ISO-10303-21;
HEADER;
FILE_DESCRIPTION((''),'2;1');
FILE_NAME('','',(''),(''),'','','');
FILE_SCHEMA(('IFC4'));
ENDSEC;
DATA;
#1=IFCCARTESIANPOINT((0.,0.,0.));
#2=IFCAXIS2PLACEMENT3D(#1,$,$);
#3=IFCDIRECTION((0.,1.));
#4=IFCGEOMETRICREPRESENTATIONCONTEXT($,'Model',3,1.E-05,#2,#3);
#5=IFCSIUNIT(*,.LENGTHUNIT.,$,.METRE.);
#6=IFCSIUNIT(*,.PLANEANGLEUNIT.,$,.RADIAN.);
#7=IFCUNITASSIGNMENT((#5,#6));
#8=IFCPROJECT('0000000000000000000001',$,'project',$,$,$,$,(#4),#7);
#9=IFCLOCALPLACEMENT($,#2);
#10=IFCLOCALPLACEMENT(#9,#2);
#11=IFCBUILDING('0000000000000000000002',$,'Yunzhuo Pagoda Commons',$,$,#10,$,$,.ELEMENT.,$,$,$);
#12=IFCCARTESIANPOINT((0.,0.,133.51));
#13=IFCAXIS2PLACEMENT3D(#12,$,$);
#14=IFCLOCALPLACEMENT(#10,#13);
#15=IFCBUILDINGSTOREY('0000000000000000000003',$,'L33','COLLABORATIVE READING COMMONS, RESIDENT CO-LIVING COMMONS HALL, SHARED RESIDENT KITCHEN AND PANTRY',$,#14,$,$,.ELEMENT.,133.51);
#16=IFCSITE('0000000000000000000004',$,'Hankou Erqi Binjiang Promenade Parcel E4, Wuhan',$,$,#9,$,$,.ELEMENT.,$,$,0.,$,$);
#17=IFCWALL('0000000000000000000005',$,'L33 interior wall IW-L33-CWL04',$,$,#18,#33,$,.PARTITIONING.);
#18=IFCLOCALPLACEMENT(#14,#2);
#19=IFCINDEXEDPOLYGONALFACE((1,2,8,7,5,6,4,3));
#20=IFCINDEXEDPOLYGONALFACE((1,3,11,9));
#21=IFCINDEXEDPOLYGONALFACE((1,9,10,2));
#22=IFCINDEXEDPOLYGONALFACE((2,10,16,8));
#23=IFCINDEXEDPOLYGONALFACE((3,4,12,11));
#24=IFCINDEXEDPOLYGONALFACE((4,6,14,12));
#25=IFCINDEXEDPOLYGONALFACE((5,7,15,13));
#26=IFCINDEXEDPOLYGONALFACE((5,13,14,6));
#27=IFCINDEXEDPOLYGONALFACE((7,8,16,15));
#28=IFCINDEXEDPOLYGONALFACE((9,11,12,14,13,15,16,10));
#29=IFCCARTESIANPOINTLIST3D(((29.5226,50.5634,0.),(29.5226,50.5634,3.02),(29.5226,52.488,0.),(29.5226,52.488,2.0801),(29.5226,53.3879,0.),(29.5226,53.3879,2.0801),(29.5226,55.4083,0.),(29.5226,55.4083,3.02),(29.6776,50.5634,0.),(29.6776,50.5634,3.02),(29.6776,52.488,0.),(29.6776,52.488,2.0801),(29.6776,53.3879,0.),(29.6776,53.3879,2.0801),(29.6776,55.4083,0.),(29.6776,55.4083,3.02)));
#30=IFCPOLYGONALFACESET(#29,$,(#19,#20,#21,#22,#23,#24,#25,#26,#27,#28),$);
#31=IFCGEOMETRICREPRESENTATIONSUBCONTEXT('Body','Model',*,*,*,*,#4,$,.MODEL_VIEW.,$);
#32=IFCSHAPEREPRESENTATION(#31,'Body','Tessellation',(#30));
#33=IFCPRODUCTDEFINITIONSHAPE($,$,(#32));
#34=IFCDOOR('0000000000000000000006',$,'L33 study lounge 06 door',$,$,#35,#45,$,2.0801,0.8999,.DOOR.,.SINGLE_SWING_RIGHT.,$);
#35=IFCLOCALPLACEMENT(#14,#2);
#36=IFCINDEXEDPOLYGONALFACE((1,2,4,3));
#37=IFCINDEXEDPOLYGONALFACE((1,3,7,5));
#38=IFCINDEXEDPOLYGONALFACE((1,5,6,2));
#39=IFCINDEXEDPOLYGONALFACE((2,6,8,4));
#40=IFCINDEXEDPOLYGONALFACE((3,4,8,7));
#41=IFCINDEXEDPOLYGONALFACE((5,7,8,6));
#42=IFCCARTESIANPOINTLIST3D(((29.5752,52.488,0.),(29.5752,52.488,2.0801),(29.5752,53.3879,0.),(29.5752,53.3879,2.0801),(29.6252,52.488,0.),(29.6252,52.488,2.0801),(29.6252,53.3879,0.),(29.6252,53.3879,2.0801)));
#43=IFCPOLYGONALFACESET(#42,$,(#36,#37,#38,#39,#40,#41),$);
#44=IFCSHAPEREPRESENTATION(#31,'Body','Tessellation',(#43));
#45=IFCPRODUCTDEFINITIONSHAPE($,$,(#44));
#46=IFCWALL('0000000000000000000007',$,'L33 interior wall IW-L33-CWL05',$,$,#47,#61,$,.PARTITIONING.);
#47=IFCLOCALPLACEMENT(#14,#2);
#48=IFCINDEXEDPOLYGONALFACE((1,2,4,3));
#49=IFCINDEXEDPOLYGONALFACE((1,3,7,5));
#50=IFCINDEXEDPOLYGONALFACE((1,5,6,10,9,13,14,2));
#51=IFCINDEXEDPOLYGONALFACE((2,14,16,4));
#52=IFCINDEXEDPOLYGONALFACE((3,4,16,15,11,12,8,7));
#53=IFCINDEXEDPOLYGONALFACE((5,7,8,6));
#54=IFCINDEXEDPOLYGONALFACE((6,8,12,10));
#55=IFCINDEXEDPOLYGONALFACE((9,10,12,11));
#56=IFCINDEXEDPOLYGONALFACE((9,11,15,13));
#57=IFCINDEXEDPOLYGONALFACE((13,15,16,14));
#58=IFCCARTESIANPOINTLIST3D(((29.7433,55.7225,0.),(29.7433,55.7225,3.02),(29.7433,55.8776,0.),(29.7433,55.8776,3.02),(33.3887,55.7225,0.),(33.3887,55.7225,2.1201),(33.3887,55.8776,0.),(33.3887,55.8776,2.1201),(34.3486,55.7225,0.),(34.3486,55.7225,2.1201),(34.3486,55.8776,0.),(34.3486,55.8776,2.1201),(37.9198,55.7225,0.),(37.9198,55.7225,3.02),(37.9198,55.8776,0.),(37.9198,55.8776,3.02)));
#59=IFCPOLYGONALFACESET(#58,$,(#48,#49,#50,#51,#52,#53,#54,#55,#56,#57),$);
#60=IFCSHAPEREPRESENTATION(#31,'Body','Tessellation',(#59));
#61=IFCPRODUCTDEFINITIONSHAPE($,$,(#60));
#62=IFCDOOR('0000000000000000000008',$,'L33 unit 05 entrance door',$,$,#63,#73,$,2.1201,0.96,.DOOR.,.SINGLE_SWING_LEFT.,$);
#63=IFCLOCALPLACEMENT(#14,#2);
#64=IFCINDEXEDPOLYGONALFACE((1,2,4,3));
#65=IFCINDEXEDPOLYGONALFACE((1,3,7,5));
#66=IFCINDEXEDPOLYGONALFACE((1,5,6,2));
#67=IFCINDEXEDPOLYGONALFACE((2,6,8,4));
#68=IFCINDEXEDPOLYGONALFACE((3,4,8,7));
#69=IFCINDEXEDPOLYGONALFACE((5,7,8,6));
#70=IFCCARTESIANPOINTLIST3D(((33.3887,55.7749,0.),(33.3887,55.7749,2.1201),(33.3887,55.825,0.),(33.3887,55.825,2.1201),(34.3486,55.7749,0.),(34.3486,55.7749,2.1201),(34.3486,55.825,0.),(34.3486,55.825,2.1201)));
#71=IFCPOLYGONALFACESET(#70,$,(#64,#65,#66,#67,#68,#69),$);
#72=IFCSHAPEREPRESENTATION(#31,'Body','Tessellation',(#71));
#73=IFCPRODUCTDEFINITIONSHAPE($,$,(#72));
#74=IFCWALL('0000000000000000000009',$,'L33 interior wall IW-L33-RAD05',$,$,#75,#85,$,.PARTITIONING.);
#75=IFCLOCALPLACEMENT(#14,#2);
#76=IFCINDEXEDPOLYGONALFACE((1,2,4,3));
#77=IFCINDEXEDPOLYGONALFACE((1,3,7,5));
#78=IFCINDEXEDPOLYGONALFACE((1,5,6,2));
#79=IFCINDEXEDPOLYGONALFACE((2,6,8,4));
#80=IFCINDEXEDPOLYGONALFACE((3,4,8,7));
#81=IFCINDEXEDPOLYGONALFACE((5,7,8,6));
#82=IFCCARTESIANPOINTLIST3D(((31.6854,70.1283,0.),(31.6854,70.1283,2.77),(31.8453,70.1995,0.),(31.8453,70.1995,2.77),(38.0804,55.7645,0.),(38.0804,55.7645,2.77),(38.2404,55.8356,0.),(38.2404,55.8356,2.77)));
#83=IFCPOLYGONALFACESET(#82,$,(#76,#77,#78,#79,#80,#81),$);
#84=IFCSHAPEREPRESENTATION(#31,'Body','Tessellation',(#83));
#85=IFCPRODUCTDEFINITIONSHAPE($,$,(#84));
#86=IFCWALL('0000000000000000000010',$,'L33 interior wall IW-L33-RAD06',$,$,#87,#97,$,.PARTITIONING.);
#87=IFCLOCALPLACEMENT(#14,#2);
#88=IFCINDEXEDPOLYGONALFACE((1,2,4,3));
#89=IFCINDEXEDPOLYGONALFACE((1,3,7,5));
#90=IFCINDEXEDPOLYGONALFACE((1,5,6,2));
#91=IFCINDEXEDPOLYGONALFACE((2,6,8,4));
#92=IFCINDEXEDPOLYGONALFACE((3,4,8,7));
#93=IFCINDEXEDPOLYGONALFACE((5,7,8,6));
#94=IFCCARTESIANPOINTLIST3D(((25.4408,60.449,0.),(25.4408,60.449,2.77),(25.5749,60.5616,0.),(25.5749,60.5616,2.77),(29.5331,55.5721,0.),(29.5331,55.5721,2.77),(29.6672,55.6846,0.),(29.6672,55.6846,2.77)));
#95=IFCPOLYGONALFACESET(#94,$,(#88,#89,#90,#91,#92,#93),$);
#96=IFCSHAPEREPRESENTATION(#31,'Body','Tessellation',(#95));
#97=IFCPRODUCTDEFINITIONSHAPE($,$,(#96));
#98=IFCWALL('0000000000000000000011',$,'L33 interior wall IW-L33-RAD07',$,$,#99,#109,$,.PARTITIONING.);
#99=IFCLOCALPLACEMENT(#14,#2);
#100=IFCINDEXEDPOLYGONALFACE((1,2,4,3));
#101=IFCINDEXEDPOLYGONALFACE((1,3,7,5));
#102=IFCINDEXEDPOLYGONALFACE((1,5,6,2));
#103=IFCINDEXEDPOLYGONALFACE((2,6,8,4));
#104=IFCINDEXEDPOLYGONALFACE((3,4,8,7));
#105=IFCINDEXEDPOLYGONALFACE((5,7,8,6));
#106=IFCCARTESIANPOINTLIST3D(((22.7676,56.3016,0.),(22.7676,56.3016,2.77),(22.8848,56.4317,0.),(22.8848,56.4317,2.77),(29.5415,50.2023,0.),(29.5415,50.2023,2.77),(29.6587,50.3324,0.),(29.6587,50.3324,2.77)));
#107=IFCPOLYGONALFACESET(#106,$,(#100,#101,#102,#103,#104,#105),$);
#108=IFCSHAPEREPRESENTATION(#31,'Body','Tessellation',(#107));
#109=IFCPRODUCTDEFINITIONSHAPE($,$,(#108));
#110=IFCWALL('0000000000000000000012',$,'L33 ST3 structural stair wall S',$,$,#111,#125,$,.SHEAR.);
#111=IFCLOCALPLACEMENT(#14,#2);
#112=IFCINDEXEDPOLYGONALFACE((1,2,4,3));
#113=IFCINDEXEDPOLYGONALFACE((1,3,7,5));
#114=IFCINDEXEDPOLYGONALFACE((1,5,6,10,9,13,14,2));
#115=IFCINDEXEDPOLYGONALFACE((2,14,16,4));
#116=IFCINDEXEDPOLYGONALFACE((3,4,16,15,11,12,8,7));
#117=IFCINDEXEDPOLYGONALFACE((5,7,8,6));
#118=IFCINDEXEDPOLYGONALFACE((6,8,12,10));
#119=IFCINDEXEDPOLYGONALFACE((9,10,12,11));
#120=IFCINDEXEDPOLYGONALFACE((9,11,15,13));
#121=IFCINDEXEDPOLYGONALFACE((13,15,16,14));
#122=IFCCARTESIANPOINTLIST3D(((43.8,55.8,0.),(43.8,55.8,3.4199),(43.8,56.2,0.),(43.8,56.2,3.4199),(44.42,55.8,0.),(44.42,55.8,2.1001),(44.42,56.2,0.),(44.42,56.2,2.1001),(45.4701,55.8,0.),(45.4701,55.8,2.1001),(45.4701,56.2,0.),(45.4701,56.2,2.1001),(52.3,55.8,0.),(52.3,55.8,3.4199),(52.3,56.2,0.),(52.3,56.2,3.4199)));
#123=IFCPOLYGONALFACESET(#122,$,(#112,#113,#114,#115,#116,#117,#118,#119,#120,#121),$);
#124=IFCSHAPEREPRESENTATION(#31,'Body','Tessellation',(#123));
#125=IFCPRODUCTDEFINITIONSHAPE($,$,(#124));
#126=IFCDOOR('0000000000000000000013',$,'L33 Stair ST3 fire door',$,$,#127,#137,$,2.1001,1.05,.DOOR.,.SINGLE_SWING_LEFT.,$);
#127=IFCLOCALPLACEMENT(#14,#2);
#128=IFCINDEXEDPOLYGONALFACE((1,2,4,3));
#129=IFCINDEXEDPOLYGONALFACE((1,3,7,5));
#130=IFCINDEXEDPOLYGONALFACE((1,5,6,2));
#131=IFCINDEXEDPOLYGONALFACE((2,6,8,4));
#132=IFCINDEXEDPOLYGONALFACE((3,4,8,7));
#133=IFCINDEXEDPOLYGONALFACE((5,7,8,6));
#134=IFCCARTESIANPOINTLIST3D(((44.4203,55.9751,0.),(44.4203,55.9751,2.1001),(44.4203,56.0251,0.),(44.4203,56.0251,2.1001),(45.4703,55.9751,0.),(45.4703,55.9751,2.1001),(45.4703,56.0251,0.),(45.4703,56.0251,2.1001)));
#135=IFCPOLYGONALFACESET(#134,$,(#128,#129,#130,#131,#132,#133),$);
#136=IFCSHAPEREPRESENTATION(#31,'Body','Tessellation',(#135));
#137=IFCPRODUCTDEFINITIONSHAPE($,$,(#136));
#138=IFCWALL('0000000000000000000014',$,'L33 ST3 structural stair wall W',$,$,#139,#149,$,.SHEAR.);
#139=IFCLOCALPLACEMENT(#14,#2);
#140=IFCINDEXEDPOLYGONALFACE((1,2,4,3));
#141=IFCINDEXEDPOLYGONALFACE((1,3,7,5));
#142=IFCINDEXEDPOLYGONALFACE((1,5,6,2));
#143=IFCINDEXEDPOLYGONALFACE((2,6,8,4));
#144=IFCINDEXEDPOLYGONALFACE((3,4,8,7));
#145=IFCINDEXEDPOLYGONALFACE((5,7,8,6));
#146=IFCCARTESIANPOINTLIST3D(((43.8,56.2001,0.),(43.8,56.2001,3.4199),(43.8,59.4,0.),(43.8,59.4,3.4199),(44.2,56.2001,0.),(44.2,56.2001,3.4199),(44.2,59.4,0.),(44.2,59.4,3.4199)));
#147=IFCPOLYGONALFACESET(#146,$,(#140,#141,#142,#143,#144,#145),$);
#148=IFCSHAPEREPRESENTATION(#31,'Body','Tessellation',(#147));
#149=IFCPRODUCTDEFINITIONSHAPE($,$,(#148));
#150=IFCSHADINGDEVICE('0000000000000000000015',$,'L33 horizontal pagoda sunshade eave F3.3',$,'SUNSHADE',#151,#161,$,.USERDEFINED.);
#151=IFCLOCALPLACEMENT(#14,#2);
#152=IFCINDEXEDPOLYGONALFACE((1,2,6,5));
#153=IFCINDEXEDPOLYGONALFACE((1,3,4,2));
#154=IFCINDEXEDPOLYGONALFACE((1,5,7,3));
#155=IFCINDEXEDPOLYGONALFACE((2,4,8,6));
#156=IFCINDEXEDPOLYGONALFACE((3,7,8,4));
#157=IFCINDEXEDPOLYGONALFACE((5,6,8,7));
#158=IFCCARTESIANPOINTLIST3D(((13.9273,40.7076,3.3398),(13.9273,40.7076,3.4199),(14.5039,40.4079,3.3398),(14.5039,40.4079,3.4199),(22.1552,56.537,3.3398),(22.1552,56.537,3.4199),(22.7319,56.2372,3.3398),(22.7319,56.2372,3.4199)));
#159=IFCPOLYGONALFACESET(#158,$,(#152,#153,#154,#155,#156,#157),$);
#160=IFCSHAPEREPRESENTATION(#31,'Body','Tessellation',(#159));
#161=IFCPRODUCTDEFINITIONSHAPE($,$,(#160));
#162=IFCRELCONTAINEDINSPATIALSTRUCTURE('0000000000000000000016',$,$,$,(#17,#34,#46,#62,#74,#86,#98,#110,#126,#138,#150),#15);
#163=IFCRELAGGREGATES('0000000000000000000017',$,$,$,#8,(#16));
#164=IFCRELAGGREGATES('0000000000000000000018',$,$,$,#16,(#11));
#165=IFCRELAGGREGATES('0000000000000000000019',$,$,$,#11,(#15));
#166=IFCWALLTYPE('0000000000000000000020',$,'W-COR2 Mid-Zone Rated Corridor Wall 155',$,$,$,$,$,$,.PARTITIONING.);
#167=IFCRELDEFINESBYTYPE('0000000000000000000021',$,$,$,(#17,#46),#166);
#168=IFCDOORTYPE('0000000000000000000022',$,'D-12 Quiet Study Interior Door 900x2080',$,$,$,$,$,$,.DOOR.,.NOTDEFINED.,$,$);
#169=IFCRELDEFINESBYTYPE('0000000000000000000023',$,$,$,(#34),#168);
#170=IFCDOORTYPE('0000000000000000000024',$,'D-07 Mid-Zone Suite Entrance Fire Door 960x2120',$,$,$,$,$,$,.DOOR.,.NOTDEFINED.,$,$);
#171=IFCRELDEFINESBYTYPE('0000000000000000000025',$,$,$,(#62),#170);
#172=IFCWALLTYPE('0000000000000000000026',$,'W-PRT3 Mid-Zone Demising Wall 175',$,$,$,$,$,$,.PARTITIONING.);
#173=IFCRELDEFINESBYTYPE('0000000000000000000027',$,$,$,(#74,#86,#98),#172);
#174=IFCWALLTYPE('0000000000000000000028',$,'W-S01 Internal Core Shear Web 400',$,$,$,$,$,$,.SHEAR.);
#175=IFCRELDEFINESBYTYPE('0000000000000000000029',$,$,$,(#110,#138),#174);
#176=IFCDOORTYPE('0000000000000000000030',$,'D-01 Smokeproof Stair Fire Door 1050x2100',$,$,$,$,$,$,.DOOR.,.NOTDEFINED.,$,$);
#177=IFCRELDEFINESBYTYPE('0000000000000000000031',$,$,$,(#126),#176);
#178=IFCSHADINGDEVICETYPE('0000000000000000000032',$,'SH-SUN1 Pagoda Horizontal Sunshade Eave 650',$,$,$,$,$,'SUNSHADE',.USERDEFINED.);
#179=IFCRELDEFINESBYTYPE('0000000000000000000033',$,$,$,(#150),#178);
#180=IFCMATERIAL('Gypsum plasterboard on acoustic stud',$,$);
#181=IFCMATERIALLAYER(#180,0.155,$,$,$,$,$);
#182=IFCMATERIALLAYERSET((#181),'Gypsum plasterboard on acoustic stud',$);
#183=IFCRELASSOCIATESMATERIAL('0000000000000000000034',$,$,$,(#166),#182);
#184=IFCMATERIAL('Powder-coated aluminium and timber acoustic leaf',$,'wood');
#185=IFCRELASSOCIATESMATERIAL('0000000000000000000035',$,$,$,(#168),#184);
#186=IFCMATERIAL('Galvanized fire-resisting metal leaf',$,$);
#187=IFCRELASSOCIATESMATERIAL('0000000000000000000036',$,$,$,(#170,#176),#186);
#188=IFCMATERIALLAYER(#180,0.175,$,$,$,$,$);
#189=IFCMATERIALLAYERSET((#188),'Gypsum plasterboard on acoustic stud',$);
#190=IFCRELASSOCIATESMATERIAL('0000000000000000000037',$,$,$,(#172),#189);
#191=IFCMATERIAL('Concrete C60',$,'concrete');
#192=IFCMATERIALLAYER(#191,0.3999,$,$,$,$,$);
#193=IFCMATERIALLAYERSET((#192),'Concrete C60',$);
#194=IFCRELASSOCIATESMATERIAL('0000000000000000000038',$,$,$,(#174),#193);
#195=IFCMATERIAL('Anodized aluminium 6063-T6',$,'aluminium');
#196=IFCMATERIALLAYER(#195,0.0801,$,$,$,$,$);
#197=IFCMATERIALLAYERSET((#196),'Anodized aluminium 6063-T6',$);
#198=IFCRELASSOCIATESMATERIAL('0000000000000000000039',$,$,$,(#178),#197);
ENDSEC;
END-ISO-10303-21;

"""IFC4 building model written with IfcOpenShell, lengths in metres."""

from ifc_helpers import new_model, si_unit, direction, frame, frame_2d, origin, origin_with_axes, origin_2d, place, context, subcontext, project, spatial, rectangle, extrude, source, transform, mapped, material, layer, layer_set, type_object, element, fill, save


model = new_model("IFC4")

# Units and contexts
model_context = context("Model", 3, precision=1e-05, world=origin(), true_north=direction((0.0, 1.0)))
body_context = subcontext(model_context, "Body", "Model", "MODEL_VIEW")
ifc_project = project(units=[si_unit("LENGTHUNIT", "METRE"), si_unit("PLANEANGLEUNIT", "RADIAN")], contexts=[model_context])

# Site, building, storey
site_placement = place(None, origin())
site = spatial("IfcSite", under=ifc_project, at=site_placement, Name="Hankou Erqi Binjiang Promenade Parcel E4, Wuhan", CompositionType="ELEMENT", RefElevation=0.0)
building_placement = place(site_placement, origin())
building = spatial("IfcBuilding", under=site, at=building_placement, Name="Yunzhuo Pagoda Commons", CompositionType="ELEMENT")
storey_placement = place(building_placement, frame((0.0, 0.0, 133.51)))
storey = spatial("IfcBuildingStorey", under=building, at=storey_placement, Name="L33", Description="COLLABORATIVE READING COMMONS, RESIDENT CO-LIVING COMMONS HALL, SHARED RESIDENT KITCHEN AND PANTRY", CompositionType="ELEMENT", Elevation=133.51)

# Shared definitions
ifc_material_1 = material(Name="Anodized aluminium 6063-T6", Category="aluminium")

# Shared definitions
ifc_material_2 = material(Name="Gypsum plasterboard on acoustic stud")
ifc_layer_1 = layer(ifc_material_2, 0.155)
ifc_layer_set_1 = layer_set([ifc_layer_1], Name="Gypsum plasterboard on acoustic stud")
wall_type_1 = type_object("IfcWallType", Name="W-COR2 Mid-Zone Rated Corridor Wall 155", PredefinedType="PARTITIONING", material=ifc_layer_set_1)
ifc_material_3 = material(Name="Powder-coated aluminium and timber acoustic leaf", Category="wood")

# Walls, openings, doors
wall_1_placement = place(storey_placement, frame((29.6001, 50.5635, 0.0), z_axis=(0.0, 0.0, 1.0), x_axis=(0.0, 1.0, 0.0)))
wall_1 = element("IfcWall", 1, at=wall_1_placement, inside=storey, type_object=wall_type_1, Name="L33 interior wall IW-L33-CWL04", PredefinedType="PARTITIONING", context=body_context, shape_type="SweptSolid", body=[
    extrude(rectangle(XDim=4.845, YDim=0.155, at=frame_2d((2.4224, 0.0))), origin(), (0.0, 0.0, 1.0), 3.02),
])
opening_1_placement = place(wall_1_placement, frame((1.9246, 0.0, 0.0)))
opening_1 = element("IfcOpeningElement", 2, at=opening_1_placement, cuts=wall_1, PredefinedType="OPENING", context=body_context, shape_type="SweptSolid", body=[
    extrude(rectangle(XDim=0.8999, YDim=2.0801, at=frame_2d((0.45, 1.04))), frame((0.0, 0.0874, 0.0), z_axis=(0.0, -1.0, 0.0), x_axis=(1.0, 0.0, 0.0)), (0.0, 0.0, 1.0), 0.175),
])
door_type_1 = type_object("IfcDoorType", Name="D-12 Quiet Study Interior Door 900x2080", OperationType="NOTDEFINED", PredefinedType="DOOR", material=ifc_material_3)
shared_shape_1 = source(origin(), body_context, "Body", "SweptSolid", [
    extrude(rectangle(XDim=0.8999, YDim=2.0801, at=frame_2d((0.45, 1.04))), frame((0.0, 0.0249, 0.0), z_axis=(0.0, -1.0, 0.0), x_axis=(1.0, 0.0, 0.0)), (0.0, 0.0, 1.0), 0.05),
])
door_1_placement = place(opening_1_placement, origin_with_axes())
door_1 = element("IfcDoor", 3, at=door_1_placement, inside=storey, type_object=door_type_1, Name="L33 study lounge 06 door", OperationType="SINGLE_SWING_RIGHT", OverallHeight=2.0801, OverallWidth=0.8999, PredefinedType="DOOR", context=body_context, shape_type="MappedRepresentation", body=[
    mapped(shared_shape_1, transform((0.0, 0.0, 0.0), scale=1.0)),
])
fill(opening_1, door_1)
wall_2_placement = place(storey_placement, frame((29.7432, 55.8, 0.0), z_axis=(0.0, 0.0, 1.0), x_axis=(1.0, 0.0, 0.0)))
wall_2 = element("IfcWall", 4, at=wall_2_placement, inside=storey, type_object=wall_type_1, Name="L33 interior wall IW-L33-CWL05", PredefinedType="PARTITIONING", context=body_context, shape_type="SweptSolid", body=[
    extrude(rectangle(XDim=8.1765, YDim=0.155, at=frame_2d((4.0884, 0.0))), origin(), (0.0, 0.0, 1.0), 3.02),
])
opening_2_placement = place(wall_2_placement, frame((3.6455, 0.0, 0.0)))
opening_2 = element("IfcOpeningElement", 5, at=opening_2_placement, cuts=wall_2, PredefinedType="OPENING", context=body_context, shape_type="SweptSolid", body=[
    extrude(rectangle(XDim=0.96, YDim=2.1201, at=frame_2d((0.48, 1.0601))), frame((0.0, 0.0874, 0.0), z_axis=(0.0, -1.0, 0.0), x_axis=(1.0, 0.0, 0.0)), (0.0, 0.0, 1.0), 0.175),
])
ifc_material_4 = material(Name="Galvanized fire-resisting metal leaf")
door_type_2 = type_object("IfcDoorType", Name="D-07 Mid-Zone Suite Entrance Fire Door 960x2120", OperationType="NOTDEFINED", PredefinedType="DOOR", material=ifc_material_4)
shared_shape_2 = source(origin(), body_context, "Body", "SweptSolid", [
    extrude(rectangle(XDim=0.96, YDim=2.1201, at=frame_2d((0.48, 1.0601))), frame((0.0, 0.0249, 0.0), z_axis=(0.0, -1.0, 0.0), x_axis=(1.0, 0.0, 0.0)), (0.0, 0.0, 1.0), 0.05),
])
door_2_placement = place(opening_2_placement, origin_with_axes())
door_2 = element("IfcDoor", 6, at=door_2_placement, inside=storey, type_object=door_type_2, Name="L33 unit 05 entrance door", OperationType="SINGLE_SWING_LEFT", OverallHeight=2.1201, OverallWidth=0.96, PredefinedType="DOOR", context=body_context, shape_type="MappedRepresentation", body=[
    mapped(shared_shape_2, transform((0.0, 0.0, 0.0), scale=1.0)),
])
fill(opening_2, door_2)

# Walls
ifc_layer_2 = layer(ifc_material_2, 0.175)
ifc_layer_set_2 = layer_set([ifc_layer_2], Name="Gypsum plasterboard on acoustic stud")
wall_type_2 = type_object("IfcWallType", Name="W-PRT3 Mid-Zone Demising Wall 175", PredefinedType="PARTITIONING", material=ifc_layer_set_2)
wall_3_placement = place(storey_placement, frame((38.1604, 55.8, 0.0), z_axis=(0.0, 0.0, 1.0), x_axis=(-0.406729, 0.913549, 0.0)))
element("IfcWall", 7, at=wall_3_placement, inside=storey, type_object=wall_type_2, Name="L33 interior wall IW-L33-RAD05", PredefinedType="PARTITIONING", context=body_context, shape_type="SweptSolid", body=[
    extrude(rectangle(XDim=15.7231, YDim=0.175, at=frame_2d((7.8616, 0.0))), origin(), (0.0, 0.0, 1.0), 2.77),
])
wall_4_placement = place(storey_placement, frame((29.6001, 55.6284, 0.0), z_axis=(0.0, 0.0, 1.0), x_axis=(-0.642791, 0.766042, 0.0)))
element("IfcWall", 8, at=wall_4_placement, inside=storey, type_object=wall_type_2, Name="L33 interior wall IW-L33-RAD06", PredefinedType="PARTITIONING", context=body_context, shape_type="SweptSolid", body=[
    extrude(rectangle(XDim=6.3665, YDim=0.175, at=frame_2d((3.1831, 0.0))), origin(), (0.0, 0.0, 1.0), 2.77),
])
wall_5_placement = place(storey_placement, frame((29.6001, 50.2673, 0.0), z_axis=(0.0, 0.0, 1.0), x_axis=(-0.74314, 0.669136, 0.0)))
element("IfcWall", 9, at=wall_5_placement, inside=storey, type_object=wall_type_2, Name="L33 interior wall IW-L33-RAD07", PredefinedType="PARTITIONING", context=body_context, shape_type="SweptSolid", body=[
    extrude(rectangle(XDim=9.1152, YDim=0.175, at=frame_2d((4.5576, 0.0))), origin(), (0.0, 0.0, 1.0), 2.77),
])

# Wall, opening, door
ifc_material_5 = material(Name="Concrete C60", Category="concrete")
ifc_layer_3 = layer(ifc_material_5, 0.3999)
ifc_layer_set_3 = layer_set([ifc_layer_3], Name="Concrete C60")
wall_type_3 = type_object("IfcWallType", Name="W-S01 Internal Core Shear Web 400", PredefinedType="SHEAR", material=ifc_layer_set_3)
wall_6_placement = place(storey_placement, frame((43.8, 56.0, 0.0), z_axis=(0.0, 0.0, 1.0), x_axis=(1.0, 0.0, 0.0)))
wall_6 = element("IfcWall", 10, at=wall_6_placement, inside=storey, type_object=wall_type_3, Name="L33 ST3 structural stair wall S", PredefinedType="SHEAR", context=body_context, shape_type="SweptSolid", body=[
    extrude(rectangle(XDim=8.5, YDim=0.3999, at=frame_2d((4.25, 0.0))), origin(), (0.0, 0.0, 1.0), 3.4199),
])
opening_3_placement = place(wall_6_placement, frame((0.6201, 0.0, 0.0)))
opening_3 = element("IfcOpeningElement", 11, at=opening_3_placement, cuts=wall_6, PredefinedType="OPENING", context=body_context, shape_type="SweptSolid", body=[
    extrude(rectangle(XDim=1.05, YDim=2.1001, at=frame_2d((0.5249, 1.05))), frame((0.0, 0.21, 0.0), z_axis=(0.0, -1.0, 0.0), x_axis=(1.0, 0.0, 0.0)), (0.0, 0.0, 1.0), 0.4199),
])
door_type_3 = type_object("IfcDoorType", Name="D-01 Smokeproof Stair Fire Door 1050x2100", OperationType="NOTDEFINED", PredefinedType="DOOR", material=ifc_material_4)
shared_shape_3 = source(origin(), body_context, "Body", "SweptSolid", [
    extrude(rectangle(XDim=1.05, YDim=2.1001, at=frame_2d((0.5249, 1.05))), frame((0.0, 0.0249, 0.0), z_axis=(0.0, -1.0, 0.0), x_axis=(1.0, 0.0, 0.0)), (0.0, 0.0, 1.0), 0.05),
])
door_3_placement = place(opening_3_placement, frame((1.05, 0.0, 0.0), z_axis=(0.0, 0.0, 1.0), x_axis=(-1.0, 0.0, 0.0)))
door_3 = element("IfcDoor", 12, at=door_3_placement, inside=storey, type_object=door_type_3, Name="L33 Stair ST3 fire door", OperationType="SINGLE_SWING_LEFT", OverallHeight=2.1001, OverallWidth=1.05, PredefinedType="DOOR", context=body_context, shape_type="MappedRepresentation", body=[
    mapped(shared_shape_3, transform((0.0, 0.0, 0.0), scale=1.0)),
])
fill(opening_3, door_3)

# Wall
wall_7_placement = place(storey_placement, frame((44.0, 56.2, 0.0), z_axis=(0.0, 0.0, 1.0), x_axis=(0.0, 1.0, 0.0)))
element("IfcWall", 13, at=wall_7_placement, inside=storey, type_object=wall_type_3, Name="L33 ST3 structural stair wall W", PredefinedType="SHEAR", context=body_context, shape_type="SweptSolid", body=[
    extrude(rectangle(XDim=3.2, YDim=0.3999, at=frame_2d((1.6001, 0.0))), origin(), (0.0, 0.0, 1.0), 3.4199),
])

# Shading device
ifc_layer_4 = layer(ifc_material_1, 0.0801)
ifc_layer_set_4 = layer_set([ifc_layer_4], Name="Anodized aluminium 6063-T6")
shading_device_type = type_object("IfcShadingDeviceType", Name="SH-SUN1 Pagoda Horizontal Sunshade Eave 650", ElementType="SUNSHADE", PredefinedType="USERDEFINED", material=ifc_layer_set_4)
shared_shape_4 = source(origin(), body_context, "Body", "SweptSolid", [
    extrude(rectangle(XDim=17.8401, YDim=0.6499, at=origin_2d()), origin(), (0.0, 0.0, 1.0), 0.0801),
])
shading_device_placement = place(storey_placement, frame((18.3296, 48.4724, 3.3398), z_axis=(0.0, 0.0, 1.0), x_axis=(-0.461207, -0.887293, 0.0)))
element("IfcShadingDevice", 14, at=shading_device_placement, inside=storey, type_object=shading_device_type, Name="L33 horizontal pagoda sunshade eave F3.3", ObjectType="SUNSHADE", PredefinedType="USERDEFINED", context=body_context, shape_type="MappedRepresentation", body=[
    mapped(shared_shape_4, transform((0.0, 0.0, 0.0), scale=1.0)),
])

save(model, "model.ifc")
